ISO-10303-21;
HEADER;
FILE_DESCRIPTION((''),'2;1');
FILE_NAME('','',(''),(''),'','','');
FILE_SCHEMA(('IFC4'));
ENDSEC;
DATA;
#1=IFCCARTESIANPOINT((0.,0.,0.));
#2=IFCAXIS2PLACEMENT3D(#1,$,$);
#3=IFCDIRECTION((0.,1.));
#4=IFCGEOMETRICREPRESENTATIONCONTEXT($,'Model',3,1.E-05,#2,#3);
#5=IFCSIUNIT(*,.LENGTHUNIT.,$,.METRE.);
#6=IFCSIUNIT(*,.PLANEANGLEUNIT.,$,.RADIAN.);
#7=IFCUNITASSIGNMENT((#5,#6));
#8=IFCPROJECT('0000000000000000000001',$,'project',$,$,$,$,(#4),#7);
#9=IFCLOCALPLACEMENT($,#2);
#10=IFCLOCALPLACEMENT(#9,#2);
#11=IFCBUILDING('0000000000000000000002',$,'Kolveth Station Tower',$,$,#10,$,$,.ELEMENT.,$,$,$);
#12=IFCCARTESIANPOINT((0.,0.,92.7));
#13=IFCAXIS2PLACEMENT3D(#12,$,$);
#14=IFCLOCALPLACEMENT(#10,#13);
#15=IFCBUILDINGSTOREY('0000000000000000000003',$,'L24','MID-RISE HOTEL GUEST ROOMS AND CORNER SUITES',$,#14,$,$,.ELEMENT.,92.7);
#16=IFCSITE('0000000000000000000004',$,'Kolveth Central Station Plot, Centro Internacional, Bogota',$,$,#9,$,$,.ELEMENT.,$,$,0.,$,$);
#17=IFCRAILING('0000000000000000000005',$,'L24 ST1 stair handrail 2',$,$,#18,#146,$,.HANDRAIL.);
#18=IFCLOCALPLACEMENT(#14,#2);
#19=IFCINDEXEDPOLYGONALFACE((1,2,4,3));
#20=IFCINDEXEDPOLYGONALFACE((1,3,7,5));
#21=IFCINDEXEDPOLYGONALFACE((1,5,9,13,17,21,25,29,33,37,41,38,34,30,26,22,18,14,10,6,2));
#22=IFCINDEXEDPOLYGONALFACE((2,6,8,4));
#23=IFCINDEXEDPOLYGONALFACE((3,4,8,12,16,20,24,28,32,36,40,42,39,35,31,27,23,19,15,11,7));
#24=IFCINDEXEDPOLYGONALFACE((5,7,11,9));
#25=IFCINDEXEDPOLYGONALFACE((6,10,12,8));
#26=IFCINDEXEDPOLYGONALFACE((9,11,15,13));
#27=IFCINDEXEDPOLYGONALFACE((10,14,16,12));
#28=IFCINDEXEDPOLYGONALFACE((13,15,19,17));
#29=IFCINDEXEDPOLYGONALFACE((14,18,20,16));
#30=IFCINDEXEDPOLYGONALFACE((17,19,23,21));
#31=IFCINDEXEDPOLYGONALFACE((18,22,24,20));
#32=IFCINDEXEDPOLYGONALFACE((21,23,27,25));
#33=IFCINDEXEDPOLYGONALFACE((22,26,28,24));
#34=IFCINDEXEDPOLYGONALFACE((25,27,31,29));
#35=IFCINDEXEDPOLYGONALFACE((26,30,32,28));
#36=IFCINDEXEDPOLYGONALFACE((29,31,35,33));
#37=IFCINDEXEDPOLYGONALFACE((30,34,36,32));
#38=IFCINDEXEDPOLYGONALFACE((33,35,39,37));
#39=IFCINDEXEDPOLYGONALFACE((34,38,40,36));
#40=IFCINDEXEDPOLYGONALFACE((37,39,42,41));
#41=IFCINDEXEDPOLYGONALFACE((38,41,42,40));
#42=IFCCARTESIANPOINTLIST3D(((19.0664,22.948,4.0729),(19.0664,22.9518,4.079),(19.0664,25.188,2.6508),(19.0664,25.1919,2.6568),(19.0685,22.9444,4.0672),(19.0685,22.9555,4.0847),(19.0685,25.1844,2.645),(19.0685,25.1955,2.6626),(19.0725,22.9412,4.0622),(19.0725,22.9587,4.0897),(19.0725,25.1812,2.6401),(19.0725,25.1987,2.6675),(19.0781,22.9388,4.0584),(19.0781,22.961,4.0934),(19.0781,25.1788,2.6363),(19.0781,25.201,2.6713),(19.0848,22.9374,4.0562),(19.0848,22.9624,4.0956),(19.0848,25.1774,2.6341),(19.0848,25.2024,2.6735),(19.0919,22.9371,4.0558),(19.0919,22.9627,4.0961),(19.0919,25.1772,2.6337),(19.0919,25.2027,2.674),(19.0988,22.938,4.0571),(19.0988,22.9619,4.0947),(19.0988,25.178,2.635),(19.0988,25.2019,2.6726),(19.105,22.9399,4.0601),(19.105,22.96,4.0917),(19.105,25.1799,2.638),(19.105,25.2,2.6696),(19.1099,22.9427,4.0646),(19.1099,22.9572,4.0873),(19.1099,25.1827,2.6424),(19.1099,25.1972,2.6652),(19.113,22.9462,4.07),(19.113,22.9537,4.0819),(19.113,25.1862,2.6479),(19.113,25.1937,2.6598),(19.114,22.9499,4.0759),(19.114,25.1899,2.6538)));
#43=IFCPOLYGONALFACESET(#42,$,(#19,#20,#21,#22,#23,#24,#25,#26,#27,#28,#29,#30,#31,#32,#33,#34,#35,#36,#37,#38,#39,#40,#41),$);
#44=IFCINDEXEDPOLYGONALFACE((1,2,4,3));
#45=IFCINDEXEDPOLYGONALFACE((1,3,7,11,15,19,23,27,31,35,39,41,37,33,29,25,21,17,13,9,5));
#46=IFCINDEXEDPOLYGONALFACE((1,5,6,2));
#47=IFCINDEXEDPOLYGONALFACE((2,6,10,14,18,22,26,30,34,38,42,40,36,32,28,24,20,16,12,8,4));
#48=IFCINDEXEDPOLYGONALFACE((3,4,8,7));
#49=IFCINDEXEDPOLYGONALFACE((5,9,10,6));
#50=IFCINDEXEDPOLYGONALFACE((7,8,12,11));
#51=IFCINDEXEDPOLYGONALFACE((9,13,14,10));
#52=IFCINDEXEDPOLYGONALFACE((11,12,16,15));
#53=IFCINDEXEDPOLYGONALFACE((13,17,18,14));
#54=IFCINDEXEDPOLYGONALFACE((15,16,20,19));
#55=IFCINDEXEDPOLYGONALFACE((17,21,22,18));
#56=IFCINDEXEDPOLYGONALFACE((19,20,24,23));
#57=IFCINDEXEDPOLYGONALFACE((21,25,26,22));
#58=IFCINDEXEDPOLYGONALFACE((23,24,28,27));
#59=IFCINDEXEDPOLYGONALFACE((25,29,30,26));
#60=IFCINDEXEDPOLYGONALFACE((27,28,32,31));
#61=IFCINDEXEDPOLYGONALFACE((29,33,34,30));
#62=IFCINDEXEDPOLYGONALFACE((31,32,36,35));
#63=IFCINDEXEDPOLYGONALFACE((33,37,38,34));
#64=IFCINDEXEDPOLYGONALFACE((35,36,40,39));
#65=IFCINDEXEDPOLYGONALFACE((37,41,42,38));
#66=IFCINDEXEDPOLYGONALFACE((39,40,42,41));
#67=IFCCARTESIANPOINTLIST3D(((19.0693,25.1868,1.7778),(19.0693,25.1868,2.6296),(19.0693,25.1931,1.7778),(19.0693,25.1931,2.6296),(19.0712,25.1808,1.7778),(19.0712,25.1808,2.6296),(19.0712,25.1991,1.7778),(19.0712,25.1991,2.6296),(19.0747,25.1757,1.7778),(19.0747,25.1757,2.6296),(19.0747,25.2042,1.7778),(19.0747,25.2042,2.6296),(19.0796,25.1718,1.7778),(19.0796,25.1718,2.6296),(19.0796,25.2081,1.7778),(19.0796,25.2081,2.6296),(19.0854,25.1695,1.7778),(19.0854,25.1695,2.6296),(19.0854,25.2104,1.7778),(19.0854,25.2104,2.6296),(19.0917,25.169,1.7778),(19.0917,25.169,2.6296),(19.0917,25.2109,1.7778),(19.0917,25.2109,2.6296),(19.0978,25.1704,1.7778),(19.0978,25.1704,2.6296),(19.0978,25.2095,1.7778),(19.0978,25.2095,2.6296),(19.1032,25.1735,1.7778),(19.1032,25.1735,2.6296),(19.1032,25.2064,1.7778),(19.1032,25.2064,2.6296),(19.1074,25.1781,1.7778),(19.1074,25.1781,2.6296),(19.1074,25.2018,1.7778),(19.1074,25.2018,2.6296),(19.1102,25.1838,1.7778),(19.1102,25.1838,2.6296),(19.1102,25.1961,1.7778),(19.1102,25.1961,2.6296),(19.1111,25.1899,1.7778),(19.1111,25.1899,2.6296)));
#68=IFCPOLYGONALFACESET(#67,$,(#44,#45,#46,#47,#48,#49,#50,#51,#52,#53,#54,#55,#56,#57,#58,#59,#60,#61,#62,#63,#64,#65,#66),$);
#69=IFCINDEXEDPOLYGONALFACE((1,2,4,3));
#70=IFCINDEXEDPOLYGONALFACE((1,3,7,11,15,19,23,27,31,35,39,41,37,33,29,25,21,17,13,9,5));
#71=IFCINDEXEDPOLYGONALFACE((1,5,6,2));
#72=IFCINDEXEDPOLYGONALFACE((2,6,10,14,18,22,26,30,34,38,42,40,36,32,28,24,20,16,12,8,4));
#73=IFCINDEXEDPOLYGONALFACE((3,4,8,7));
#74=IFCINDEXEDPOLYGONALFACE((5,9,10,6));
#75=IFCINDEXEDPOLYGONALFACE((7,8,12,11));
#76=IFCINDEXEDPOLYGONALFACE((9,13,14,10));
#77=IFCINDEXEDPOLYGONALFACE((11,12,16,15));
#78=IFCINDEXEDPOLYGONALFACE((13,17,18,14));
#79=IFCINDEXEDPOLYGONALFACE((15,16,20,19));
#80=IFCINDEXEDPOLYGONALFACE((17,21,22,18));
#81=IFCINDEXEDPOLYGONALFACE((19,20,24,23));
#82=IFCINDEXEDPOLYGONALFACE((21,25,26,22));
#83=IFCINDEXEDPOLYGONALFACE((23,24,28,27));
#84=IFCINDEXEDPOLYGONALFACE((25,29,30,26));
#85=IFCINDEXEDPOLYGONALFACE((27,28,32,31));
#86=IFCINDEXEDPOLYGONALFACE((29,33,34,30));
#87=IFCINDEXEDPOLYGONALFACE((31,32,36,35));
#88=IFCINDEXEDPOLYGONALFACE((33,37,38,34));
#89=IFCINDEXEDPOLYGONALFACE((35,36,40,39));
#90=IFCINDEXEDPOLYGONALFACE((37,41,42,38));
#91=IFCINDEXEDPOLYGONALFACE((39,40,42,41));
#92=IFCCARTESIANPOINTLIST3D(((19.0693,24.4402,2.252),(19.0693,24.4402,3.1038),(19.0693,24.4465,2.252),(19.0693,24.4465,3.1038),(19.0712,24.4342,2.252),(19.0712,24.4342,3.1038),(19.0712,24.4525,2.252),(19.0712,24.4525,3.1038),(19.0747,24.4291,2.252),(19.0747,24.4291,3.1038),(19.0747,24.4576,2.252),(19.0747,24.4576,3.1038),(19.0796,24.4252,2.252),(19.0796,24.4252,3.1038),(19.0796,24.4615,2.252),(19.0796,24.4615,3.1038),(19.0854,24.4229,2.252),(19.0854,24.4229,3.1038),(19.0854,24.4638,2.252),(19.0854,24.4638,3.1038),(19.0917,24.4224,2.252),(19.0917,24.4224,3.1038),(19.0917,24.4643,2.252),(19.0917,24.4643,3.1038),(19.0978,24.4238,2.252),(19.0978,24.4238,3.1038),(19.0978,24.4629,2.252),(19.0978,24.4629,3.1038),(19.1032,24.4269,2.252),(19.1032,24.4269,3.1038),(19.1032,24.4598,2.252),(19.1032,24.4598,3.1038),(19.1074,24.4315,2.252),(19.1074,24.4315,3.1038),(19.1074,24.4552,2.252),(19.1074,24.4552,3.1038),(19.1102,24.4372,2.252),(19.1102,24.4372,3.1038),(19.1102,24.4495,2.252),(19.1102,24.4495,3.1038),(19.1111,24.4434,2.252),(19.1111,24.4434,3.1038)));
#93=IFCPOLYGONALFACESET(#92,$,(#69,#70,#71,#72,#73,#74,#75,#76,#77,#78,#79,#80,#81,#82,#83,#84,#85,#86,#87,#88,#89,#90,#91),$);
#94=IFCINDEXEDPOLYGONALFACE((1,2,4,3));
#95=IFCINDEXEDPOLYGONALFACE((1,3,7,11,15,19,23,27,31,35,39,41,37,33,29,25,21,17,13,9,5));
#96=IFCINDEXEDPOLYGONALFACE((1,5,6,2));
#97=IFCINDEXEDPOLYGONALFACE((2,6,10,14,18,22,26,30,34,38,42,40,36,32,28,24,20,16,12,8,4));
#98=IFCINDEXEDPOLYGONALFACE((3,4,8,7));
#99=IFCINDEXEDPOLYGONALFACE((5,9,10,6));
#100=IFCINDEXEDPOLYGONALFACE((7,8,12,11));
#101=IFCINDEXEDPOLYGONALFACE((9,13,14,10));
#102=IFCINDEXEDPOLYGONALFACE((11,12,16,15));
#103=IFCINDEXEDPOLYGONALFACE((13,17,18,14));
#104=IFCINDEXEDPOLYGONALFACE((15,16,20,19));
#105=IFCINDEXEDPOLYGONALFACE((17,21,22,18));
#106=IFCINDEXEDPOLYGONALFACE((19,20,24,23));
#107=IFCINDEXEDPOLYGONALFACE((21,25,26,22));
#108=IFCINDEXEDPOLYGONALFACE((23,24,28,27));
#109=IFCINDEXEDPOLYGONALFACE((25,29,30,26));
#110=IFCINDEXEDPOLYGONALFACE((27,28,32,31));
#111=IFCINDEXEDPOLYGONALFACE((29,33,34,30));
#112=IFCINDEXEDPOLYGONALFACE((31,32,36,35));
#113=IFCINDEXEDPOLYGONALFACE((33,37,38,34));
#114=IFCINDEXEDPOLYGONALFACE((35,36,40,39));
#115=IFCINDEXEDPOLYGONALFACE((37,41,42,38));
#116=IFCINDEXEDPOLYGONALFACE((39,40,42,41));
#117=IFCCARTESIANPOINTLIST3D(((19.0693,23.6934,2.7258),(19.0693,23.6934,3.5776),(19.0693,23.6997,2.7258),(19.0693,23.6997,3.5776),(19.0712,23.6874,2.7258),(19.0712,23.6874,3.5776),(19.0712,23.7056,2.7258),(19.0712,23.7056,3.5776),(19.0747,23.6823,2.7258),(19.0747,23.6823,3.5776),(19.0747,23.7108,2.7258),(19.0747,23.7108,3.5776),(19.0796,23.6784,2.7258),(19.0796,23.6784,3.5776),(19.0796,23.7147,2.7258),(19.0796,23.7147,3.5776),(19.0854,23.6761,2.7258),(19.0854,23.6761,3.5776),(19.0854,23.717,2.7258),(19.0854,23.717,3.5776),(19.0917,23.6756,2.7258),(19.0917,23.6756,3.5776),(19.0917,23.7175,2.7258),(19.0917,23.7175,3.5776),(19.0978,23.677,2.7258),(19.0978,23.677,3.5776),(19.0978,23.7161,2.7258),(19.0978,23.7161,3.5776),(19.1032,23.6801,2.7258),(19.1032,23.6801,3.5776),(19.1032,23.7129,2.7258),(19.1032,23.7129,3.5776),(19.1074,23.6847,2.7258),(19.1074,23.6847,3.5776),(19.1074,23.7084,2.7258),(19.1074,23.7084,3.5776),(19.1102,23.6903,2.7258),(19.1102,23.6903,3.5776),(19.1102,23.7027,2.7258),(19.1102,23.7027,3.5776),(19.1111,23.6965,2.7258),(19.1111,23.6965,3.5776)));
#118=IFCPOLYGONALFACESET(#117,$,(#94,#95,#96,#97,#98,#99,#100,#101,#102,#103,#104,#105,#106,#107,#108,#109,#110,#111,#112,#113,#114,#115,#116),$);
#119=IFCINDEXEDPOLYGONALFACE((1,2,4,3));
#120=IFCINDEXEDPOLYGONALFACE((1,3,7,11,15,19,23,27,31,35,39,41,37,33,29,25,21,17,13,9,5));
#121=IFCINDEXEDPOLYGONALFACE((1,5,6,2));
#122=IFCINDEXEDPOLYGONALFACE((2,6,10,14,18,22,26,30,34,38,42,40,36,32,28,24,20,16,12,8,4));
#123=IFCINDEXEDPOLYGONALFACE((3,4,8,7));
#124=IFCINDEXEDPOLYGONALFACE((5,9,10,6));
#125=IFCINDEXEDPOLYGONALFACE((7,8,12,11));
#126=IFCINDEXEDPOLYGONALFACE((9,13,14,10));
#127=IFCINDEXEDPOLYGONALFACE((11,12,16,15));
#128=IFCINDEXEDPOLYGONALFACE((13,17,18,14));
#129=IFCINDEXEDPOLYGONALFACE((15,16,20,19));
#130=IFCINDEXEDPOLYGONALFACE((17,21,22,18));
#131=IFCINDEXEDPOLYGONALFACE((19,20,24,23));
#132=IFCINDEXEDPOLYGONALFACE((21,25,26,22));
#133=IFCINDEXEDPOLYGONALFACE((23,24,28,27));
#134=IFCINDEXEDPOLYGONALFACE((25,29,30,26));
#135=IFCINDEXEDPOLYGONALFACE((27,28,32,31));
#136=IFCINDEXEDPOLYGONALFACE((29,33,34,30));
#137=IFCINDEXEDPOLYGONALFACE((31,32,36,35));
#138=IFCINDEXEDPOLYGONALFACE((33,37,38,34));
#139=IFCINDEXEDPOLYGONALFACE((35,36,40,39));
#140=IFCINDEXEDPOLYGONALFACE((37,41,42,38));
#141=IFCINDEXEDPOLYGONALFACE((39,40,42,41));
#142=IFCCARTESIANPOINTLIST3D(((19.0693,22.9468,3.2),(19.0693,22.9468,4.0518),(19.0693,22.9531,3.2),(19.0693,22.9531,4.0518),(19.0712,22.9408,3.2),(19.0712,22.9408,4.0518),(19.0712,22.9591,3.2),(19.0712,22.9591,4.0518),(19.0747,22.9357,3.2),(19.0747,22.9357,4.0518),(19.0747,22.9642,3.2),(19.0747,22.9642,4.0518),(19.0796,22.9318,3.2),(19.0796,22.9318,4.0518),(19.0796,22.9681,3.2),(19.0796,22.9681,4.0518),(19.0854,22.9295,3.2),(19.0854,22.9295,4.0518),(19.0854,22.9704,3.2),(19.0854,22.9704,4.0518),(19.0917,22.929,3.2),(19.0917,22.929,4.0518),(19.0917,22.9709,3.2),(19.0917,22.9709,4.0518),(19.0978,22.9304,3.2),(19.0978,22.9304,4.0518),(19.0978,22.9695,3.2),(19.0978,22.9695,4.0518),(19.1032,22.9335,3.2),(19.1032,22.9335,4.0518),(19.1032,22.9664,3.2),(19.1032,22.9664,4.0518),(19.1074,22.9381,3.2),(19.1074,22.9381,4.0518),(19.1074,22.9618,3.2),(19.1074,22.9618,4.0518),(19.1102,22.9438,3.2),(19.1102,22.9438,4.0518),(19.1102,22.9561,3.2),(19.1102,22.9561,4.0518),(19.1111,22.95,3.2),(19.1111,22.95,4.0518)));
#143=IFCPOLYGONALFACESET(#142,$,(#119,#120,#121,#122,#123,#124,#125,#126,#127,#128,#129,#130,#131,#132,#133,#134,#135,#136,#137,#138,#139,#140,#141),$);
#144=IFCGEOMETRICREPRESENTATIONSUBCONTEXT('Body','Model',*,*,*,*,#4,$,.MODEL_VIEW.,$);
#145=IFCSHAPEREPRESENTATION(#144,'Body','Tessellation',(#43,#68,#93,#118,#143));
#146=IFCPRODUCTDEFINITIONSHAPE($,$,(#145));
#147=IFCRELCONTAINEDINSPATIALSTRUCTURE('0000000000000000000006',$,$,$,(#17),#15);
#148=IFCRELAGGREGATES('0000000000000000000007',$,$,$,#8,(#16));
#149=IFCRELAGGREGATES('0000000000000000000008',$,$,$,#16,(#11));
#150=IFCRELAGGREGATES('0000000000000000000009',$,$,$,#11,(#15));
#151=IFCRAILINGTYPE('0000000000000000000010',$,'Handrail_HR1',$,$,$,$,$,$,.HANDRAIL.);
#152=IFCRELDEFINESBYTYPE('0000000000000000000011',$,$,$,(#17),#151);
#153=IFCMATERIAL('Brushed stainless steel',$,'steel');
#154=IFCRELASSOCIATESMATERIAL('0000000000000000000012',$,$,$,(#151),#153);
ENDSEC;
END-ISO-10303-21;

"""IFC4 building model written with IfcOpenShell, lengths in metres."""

from ifc_helpers import new_model, si_unit, direction, frame, origin, origin_2d, place, context, subcontext, project, spatial, circle, extrude, material, type_object, element, save


model = new_model("IFC4")

# Units and contexts
model_context = context("Model", 3, precision=1e-05, world=origin(), true_north=direction((0.0, 1.0)))
body_context = subcontext(model_context, "Body", "Model", "MODEL_VIEW")
ifc_project = project(units=[si_unit("LENGTHUNIT", "METRE"), si_unit("PLANEANGLEUNIT", "RADIAN")], contexts=[model_context])

# Site, building, storey
site_placement = place(None, origin())
site = spatial("IfcSite", under=ifc_project, at=site_placement, Name="Kolveth Central Station Plot, Centro Internacional, Bogota", CompositionType="ELEMENT", RefElevation=0.0)
building_placement = place(site_placement, origin())
building = spatial("IfcBuilding", under=site, at=building_placement, Name="Kolveth Station Tower", CompositionType="ELEMENT")
storey_placement = place(building_placement, frame((0.0, 0.0, 92.7)))
storey = spatial("IfcBuildingStorey", under=building, at=storey_placement, Name="L24", Description="MID-RISE HOTEL GUEST ROOMS AND CORNER SUITES", CompositionType="ELEMENT", Elevation=92.7)

# Railing
ifc_material_1 = material(Name="Brushed stainless steel", Category="steel")
railing_type_1 = type_object("IfcRailingType", Name="Handrail_HR1", PredefinedType="HANDRAIL", material=ifc_material_1)
railing_1_placement = place(storey_placement, frame((19.0901, 25.1899, 1.7778)))
element("IfcRailing", 1, at=railing_1_placement, inside=storey, type_object=railing_type_1, Name="L24 ST1 stair handrail 2", PredefinedType="HANDRAIL", context=body_context, shape_type="SweptSolid", body=[
    extrude(circle(Radius=0.0239, at=origin_2d()), frame((0.0, 0.0, 0.876), z_axis=(0.0, -0.844229, 0.535982), x_axis=(1.0, 0.0, 0.0)), (0.0, 0.0, 1.0), 2.6533),
    extrude(circle(Radius=0.021, at=origin_2d()), origin(), (0.0, 0.0, 1.0), 0.8518),
    extrude(circle(Radius=0.021, at=origin_2d()), frame((0.0, -0.7466, 0.4741)), (0.0, 0.0, 1.0), 0.8518),
    extrude(circle(Radius=0.021, at=origin_2d()), frame((0.0, -1.4934, 0.948)), (0.0, 0.0, 1.0), 0.8518),
    extrude(circle(Radius=0.021, at=origin_2d()), frame((0.0, -2.24, 1.4221)), (0.0, 0.0, 1.0), 0.8518),
])

save(model, "model.ifc")
